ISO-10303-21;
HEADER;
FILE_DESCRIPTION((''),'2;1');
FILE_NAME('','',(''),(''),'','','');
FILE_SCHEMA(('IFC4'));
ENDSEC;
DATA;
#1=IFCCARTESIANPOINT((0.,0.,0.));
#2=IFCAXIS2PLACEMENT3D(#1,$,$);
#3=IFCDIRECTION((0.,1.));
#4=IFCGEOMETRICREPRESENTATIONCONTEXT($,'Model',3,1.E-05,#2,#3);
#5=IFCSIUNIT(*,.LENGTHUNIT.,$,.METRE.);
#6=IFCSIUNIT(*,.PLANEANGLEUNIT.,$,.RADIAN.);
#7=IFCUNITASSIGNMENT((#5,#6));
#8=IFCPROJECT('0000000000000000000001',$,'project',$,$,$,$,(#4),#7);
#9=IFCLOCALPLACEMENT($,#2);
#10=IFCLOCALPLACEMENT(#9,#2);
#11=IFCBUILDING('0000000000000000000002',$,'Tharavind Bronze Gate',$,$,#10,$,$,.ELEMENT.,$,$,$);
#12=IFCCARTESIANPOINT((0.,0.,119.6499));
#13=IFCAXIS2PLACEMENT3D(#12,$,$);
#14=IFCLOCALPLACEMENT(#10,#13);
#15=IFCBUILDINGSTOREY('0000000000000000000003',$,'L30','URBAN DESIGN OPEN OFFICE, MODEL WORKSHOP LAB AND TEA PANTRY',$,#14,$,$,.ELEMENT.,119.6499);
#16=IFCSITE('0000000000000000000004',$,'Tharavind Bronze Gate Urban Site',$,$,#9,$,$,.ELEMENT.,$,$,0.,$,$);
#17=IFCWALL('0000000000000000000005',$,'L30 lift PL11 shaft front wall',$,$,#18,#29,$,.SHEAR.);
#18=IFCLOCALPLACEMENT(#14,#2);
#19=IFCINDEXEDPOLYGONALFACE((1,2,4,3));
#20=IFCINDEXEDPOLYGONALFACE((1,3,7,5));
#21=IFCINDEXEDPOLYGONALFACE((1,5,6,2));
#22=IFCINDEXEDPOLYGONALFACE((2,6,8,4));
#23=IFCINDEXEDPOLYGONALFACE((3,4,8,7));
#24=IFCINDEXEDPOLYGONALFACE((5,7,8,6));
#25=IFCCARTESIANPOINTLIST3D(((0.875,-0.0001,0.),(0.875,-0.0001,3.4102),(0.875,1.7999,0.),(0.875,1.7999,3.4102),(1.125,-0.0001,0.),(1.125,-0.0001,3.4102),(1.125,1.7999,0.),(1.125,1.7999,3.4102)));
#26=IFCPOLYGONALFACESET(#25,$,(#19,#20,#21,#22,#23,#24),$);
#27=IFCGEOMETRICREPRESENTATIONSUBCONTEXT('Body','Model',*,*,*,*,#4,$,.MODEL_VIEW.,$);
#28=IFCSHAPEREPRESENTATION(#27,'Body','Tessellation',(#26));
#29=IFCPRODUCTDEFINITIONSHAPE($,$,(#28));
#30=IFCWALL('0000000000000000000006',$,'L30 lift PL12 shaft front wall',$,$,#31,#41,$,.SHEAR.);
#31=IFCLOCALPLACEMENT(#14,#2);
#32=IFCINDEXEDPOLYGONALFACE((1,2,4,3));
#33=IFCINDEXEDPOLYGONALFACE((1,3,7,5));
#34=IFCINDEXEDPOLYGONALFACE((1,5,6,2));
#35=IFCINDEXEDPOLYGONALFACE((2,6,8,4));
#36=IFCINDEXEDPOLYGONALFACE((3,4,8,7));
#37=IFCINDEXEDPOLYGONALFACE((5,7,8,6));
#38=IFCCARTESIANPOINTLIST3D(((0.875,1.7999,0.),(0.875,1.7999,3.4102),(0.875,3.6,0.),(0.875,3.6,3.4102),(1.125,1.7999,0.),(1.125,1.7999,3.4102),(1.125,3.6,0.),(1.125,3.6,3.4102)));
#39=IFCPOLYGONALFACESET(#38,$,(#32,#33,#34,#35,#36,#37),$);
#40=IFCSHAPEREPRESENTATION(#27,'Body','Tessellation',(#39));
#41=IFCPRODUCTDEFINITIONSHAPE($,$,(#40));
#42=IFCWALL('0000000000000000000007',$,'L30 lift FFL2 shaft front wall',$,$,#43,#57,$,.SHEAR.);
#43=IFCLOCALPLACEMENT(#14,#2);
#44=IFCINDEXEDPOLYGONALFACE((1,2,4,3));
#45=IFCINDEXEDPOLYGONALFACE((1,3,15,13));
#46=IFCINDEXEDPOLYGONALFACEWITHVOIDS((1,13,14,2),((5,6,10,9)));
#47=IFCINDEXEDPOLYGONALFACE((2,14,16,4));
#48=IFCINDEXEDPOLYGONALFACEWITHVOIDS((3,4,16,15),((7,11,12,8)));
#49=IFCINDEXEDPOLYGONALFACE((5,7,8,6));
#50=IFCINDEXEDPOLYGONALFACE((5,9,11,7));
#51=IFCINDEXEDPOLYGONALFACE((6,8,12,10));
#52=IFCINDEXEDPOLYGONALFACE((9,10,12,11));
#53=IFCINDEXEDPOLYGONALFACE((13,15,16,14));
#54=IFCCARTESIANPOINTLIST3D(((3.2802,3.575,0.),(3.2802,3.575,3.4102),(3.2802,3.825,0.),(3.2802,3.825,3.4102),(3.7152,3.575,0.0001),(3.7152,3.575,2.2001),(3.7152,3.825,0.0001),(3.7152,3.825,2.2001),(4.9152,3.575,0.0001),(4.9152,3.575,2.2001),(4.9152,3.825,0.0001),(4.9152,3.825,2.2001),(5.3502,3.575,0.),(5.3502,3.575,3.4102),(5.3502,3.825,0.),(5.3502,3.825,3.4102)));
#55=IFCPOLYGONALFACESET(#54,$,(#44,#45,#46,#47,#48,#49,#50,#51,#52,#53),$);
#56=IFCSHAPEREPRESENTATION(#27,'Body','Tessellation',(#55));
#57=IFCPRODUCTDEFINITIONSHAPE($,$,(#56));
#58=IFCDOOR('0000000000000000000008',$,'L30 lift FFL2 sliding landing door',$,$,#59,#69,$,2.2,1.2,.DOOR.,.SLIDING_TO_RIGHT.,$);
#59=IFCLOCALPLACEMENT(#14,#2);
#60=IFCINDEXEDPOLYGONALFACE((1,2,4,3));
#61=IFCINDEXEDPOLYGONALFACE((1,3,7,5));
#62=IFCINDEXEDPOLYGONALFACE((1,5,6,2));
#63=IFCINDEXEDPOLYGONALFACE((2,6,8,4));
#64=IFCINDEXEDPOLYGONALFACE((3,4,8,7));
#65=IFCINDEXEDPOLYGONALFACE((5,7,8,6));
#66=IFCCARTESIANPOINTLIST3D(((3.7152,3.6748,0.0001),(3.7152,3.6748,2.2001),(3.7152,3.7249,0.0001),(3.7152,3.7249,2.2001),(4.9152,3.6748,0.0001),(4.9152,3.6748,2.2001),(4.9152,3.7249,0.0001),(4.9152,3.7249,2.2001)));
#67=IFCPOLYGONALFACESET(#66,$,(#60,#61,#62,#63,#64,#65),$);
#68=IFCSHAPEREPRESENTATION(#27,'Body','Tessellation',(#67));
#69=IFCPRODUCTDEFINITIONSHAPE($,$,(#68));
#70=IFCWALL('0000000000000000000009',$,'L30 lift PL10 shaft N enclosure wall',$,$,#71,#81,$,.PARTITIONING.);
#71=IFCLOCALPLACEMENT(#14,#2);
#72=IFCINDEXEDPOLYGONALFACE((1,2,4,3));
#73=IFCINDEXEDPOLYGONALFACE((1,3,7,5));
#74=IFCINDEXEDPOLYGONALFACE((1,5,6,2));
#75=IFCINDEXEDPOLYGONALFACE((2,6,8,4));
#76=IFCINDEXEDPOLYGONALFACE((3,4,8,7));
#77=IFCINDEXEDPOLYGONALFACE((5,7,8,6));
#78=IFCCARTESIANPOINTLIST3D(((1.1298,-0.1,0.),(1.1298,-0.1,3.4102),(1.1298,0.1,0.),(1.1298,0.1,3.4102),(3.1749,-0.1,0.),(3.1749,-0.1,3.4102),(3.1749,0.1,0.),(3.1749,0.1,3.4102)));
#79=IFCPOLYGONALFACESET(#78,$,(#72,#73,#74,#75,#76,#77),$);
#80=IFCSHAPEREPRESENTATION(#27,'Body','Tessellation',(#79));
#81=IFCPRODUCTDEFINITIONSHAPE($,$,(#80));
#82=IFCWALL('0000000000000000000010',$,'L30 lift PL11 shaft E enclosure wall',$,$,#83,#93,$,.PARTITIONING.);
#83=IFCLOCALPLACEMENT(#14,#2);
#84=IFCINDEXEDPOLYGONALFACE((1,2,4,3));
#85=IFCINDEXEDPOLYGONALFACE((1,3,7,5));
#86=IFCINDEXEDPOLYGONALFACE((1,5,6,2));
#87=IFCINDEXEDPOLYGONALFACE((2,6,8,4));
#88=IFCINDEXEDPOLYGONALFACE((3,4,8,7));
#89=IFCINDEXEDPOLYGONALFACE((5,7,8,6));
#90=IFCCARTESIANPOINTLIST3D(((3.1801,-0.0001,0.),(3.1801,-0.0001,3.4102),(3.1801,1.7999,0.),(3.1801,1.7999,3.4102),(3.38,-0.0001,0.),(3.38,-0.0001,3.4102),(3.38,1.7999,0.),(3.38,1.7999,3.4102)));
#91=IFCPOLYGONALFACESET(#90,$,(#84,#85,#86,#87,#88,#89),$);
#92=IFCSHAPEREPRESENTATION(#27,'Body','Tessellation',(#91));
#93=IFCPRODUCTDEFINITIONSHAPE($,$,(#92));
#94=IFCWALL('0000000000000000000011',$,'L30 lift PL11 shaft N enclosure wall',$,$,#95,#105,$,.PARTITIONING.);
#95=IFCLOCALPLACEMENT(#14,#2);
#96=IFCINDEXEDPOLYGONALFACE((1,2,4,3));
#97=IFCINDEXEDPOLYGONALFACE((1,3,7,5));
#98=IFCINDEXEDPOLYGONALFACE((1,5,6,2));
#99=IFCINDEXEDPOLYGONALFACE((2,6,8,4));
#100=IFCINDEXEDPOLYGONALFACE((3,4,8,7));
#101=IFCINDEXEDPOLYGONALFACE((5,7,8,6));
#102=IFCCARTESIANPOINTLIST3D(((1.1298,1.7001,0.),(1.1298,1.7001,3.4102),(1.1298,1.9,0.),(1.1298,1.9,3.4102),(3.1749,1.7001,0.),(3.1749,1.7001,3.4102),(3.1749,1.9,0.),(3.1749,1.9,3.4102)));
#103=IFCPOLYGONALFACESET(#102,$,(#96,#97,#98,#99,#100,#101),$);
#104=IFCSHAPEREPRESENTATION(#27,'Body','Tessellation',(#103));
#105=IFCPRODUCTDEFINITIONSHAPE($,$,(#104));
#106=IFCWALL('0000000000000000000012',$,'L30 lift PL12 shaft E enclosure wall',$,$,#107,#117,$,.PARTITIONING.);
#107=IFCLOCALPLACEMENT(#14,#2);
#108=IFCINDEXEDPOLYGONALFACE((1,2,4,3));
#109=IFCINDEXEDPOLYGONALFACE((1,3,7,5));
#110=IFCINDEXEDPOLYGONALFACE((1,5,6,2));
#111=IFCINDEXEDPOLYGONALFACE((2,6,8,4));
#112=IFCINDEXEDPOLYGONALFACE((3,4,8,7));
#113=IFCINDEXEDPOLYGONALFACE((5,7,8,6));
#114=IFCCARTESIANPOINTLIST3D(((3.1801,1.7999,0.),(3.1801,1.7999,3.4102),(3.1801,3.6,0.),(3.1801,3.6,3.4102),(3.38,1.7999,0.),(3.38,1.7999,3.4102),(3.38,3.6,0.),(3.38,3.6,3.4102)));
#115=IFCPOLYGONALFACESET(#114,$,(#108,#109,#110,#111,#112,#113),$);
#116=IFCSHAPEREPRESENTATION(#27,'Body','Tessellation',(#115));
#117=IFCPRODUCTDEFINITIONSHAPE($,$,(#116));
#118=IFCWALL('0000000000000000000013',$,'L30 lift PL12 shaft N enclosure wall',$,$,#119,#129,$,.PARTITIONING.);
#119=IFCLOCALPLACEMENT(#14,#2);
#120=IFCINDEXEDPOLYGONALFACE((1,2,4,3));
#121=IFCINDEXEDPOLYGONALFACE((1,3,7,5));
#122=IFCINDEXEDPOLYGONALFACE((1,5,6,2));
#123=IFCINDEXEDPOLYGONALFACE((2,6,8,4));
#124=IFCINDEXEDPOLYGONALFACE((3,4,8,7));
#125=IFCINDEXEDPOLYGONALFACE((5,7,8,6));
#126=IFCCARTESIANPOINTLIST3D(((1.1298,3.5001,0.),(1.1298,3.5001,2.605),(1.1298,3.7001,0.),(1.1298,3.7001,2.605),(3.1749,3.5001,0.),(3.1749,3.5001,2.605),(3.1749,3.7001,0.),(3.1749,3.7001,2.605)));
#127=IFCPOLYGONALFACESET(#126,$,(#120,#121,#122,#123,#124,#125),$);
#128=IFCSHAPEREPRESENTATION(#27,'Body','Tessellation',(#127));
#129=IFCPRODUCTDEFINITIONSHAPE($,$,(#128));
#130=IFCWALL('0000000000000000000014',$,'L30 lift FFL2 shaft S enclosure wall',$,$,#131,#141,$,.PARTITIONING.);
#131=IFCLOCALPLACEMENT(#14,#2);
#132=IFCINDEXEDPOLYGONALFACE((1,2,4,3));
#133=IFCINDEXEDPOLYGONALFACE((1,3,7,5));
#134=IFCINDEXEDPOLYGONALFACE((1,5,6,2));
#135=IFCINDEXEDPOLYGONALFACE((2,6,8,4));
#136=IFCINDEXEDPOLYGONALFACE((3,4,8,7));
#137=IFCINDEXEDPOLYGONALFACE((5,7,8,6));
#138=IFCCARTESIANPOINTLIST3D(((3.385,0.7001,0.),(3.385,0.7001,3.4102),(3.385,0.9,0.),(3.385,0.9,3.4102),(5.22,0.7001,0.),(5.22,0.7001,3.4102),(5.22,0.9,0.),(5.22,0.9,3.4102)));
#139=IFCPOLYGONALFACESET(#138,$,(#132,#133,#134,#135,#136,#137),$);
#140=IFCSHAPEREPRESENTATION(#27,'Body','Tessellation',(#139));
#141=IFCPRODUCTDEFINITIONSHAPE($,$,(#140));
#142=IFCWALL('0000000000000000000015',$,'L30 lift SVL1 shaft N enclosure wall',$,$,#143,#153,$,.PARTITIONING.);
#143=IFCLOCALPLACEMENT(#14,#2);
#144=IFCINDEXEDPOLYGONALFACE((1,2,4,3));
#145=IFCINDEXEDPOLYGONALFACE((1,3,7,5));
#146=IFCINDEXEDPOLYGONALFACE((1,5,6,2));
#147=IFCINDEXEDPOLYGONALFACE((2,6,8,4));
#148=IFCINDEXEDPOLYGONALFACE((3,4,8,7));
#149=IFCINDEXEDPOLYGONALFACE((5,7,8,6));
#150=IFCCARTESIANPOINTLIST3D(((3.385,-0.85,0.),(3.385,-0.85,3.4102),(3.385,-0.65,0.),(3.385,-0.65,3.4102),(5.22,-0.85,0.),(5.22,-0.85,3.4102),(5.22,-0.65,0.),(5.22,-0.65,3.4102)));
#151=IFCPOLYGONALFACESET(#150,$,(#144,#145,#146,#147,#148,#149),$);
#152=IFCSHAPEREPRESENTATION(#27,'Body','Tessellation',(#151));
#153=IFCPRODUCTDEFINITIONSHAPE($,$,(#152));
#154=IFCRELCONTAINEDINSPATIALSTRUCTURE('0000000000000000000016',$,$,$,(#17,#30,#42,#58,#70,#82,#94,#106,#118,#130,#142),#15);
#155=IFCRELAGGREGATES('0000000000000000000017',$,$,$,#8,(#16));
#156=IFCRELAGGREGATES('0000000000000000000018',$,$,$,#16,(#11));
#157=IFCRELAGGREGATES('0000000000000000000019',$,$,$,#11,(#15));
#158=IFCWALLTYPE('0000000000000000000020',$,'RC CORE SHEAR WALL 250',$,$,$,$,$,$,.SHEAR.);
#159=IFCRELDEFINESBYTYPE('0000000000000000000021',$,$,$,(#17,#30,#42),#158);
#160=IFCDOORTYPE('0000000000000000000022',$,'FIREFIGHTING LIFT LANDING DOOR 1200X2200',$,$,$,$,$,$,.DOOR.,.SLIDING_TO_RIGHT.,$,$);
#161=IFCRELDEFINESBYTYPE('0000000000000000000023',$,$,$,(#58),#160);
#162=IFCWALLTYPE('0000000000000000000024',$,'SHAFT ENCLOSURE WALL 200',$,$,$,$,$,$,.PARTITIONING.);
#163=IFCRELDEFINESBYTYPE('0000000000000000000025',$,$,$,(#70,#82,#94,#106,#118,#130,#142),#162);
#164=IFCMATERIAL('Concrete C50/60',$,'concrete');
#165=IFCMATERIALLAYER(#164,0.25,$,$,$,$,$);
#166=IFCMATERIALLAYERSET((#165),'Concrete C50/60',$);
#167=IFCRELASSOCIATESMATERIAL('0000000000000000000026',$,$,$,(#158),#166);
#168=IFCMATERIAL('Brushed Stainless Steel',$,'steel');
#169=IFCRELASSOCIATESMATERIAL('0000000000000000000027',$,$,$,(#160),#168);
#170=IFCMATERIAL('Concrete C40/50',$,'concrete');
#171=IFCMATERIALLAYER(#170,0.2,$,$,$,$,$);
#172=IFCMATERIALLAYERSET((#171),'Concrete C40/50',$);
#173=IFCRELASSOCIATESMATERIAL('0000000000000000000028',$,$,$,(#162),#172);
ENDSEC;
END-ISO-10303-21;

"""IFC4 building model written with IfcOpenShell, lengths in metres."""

from ifc_helpers import new_model, si_unit, direction, frame, frame_2d, origin, place, context, subcontext, project, spatial, rectangle, extrude, material, layer, layer_set, type_object, element, fill, save


model = new_model("IFC4")

# Units and contexts
model_context = context("Model", 3, precision=1e-05, world=origin(), true_north=direction((0.0, 1.0)))
body_context = subcontext(model_context, "Body", "Model", "MODEL_VIEW")
ifc_project = project(units=[si_unit("LENGTHUNIT", "METRE"), si_unit("PLANEANGLEUNIT", "RADIAN")], contexts=[model_context])

# Site, building, storey
site_placement = place(None, origin())
site = spatial("IfcSite", under=ifc_project, at=site_placement, Name="Tharavind Bronze Gate Urban Site", CompositionType="ELEMENT", RefElevation=0.0)
building_placement = place(site_placement, origin())
building = spatial("IfcBuilding", under=site, at=building_placement, Name="Tharavind Bronze Gate", CompositionType="ELEMENT")
storey_placement = place(building_placement, frame((0.0, 0.0, 119.6499)))
storey = spatial("IfcBuildingStorey", under=building, at=storey_placement, Name="L30", Description="URBAN DESIGN OPEN OFFICE, MODEL WORKSHOP LAB AND TEA PANTRY", CompositionType="ELEMENT", Elevation=119.6499)

# Walls
ifc_material_1 = material(Name="Concrete C50/60", Category="concrete")
ifc_layer_1 = layer(ifc_material_1, 0.25)
ifc_layer_set_1 = layer_set([ifc_layer_1], Name="Concrete C50/60")
wall_type_1 = type_object("IfcWallType", Name="RC CORE SHEAR WALL 250", PredefinedType="SHEAR", material=ifc_layer_set_1)
for number, where, z_axis, x_axis, name in (
    (1, (1.0, 0.0, 0.0), (0.0, 0.0, 1.0), (0.0, 1.0, 0.0), "L30 lift PL11 shaft front wall"),
    (2, (1.0, 1.8, 0.0), (0.0, 0.0, 1.0), (0.0, 1.0, 0.0), "L30 lift PL12 shaft front wall"),
):
    element("IfcWall", number, at=place(storey_placement, frame(where, z_axis=z_axis, x_axis=x_axis)), inside=storey, type_object=wall_type_1, Name=name, PredefinedType="SHEAR", context=body_context, shape_type="SweptSolid", body=[
        extrude(rectangle(XDim=1.8, YDim=0.25, at=frame_2d((0.8999, 0.0))), origin(), (0.0, 0.0, 1.0), 3.4102),
    ])

# Wall, opening, door
wall_1_placement = place(storey_placement, frame((3.28, 3.7, 0.0), z_axis=(0.0, 0.0, 1.0), x_axis=(1.0, 0.0, 0.0)))
wall_1 = element("IfcWall", 3, at=wall_1_placement, inside=storey, type_object=wall_type_1, Name="L30 lift FFL2 shaft front wall", PredefinedType="SHEAR", context=body_context, shape_type="SweptSolid", body=[
    extrude(rectangle(XDim=2.0701, YDim=0.25, at=frame_2d((1.0352, 0.0))), origin(), (0.0, 0.0, 1.0), 3.4102),
])
opening_placement = place(wall_1_placement, frame((0.4351, 0.0, 0.0)))
opening = element("IfcOpeningElement", 4, at=opening_placement, cuts=wall_1, PredefinedType="OPENING", context=body_context, shape_type="SweptSolid", body=[
    extrude(rectangle(XDim=1.2, YDim=2.2, at=frame_2d((0.6001, 1.1001))), frame((0.0, 0.135, 0.0), z_axis=(0.0, -1.0, 0.0), x_axis=(1.0, 0.0, 0.0)), (0.0, 0.0, 1.0), 0.27),
])
ifc_material_2 = material(Name="Brushed Stainless Steel", Category="steel")
door_type = type_object("IfcDoorType", Name="FIREFIGHTING LIFT LANDING DOOR 1200X2200", OperationType="SLIDING_TO_RIGHT", PredefinedType="DOOR", material=ifc_material_2)
door_placement = place(opening_placement, origin())
door = element("IfcDoor", 5, at=door_placement, inside=storey, type_object=door_type, Name="L30 lift FFL2 sliding landing door", OperationType="SLIDING_TO_RIGHT", OverallHeight=2.2, OverallWidth=1.2, PredefinedType="DOOR", context=body_context, shape_type="SweptSolid", body=[
    extrude(rectangle(XDim=1.2, YDim=2.2, at=frame_2d((0.6001, 1.1001))), frame((0.0, 0.0249, 0.0), z_axis=(0.0, -1.0, 0.0), x_axis=(1.0, 0.0, 0.0)), (0.0, 0.0, 1.0), 0.05),
])
fill(opening, door)

# Walls
ifc_material_3 = material(Name="Concrete C40/50", Category="concrete")
ifc_layer_2 = layer(ifc_material_3, 0.2)
ifc_layer_set_2 = layer_set([ifc_layer_2], Name="Concrete C40/50")
wall_type_2 = type_object("IfcWallType", Name="SHAFT ENCLOSURE WALL 200", PredefinedType="PARTITIONING", material=ifc_layer_set_2)
wall_2_placement = place(storey_placement, frame((1.1299, 0.0, 0.0), z_axis=(0.0, 0.0, 1.0), x_axis=(1.0, 0.0, 0.0)))
element("IfcWall", 6, at=wall_2_placement, inside=storey, type_object=wall_type_2, Name="L30 lift PL10 shaft N enclosure wall", PredefinedType="PARTITIONING", context=body_context, shape_type="SweptSolid", body=[
    extrude(rectangle(XDim=2.0452, YDim=0.2, at=frame_2d((1.0225, 0.0))), origin(), (0.0, 0.0, 1.0), 3.4102),
])
wall_3_placement = place(storey_placement, frame((3.28, 0.0, 0.0), z_axis=(0.0, 0.0, 1.0), x_axis=(0.0, 1.0, 0.0)))
element("IfcWall", 7, at=wall_3_placement, inside=storey, type_object=wall_type_2, Name="L30 lift PL11 shaft E enclosure wall", PredefinedType="PARTITIONING", context=body_context, shape_type="SweptSolid", body=[
    extrude(rectangle(XDim=1.8, YDim=0.2, at=frame_2d((0.8999, 0.0))), origin(), (0.0, 0.0, 1.0), 3.4102),
])
wall_4_placement = place(storey_placement, frame((1.1299, 1.8, 0.0), z_axis=(0.0, 0.0, 1.0), x_axis=(1.0, 0.0, 0.0)))
element("IfcWall", 8, at=wall_4_placement, inside=storey, type_object=wall_type_2, Name="L30 lift PL11 shaft N enclosure wall", PredefinedType="PARTITIONING", context=body_context, shape_type="SweptSolid", body=[
    extrude(rectangle(XDim=2.0452, YDim=0.2, at=frame_2d((1.0225, 0.0))), origin(), (0.0, 0.0, 1.0), 3.4102),
])
wall_5_placement = place(storey_placement, frame((3.28, 1.8, 0.0), z_axis=(0.0, 0.0, 1.0), x_axis=(0.0, 1.0, 0.0)))
element("IfcWall", 9, at=wall_5_placement, inside=storey, type_object=wall_type_2, Name="L30 lift PL12 shaft E enclosure wall", PredefinedType="PARTITIONING", context=body_context, shape_type="SweptSolid", body=[
    extrude(rectangle(XDim=1.8, YDim=0.2, at=frame_2d((0.8999, 0.0))), origin(), (0.0, 0.0, 1.0), 3.4102),
])
wall_6_placement = place(storey_placement, frame((1.1299, 3.6001, 0.0), z_axis=(0.0, 0.0, 1.0), x_axis=(1.0, 0.0, 0.0)))
element("IfcWall", 10, at=wall_6_placement, inside=storey, type_object=wall_type_2, Name="L30 lift PL12 shaft N enclosure wall", PredefinedType="PARTITIONING", context=body_context, shape_type="SweptSolid", body=[
    extrude(rectangle(XDim=2.0452, YDim=0.2, at=frame_2d((1.0225, 0.0))), origin(), (0.0, 0.0, 1.0), 2.605),
])
for number, where, z_axis, x_axis, name in (
    (11, (3.385, 0.8, 0.0), (0.0, 0.0, 1.0), (1.0, 0.0, 0.0), "L30 lift FFL2 shaft S enclosure wall"),
    (12, (3.385, -0.75, 0.0), (0.0, 0.0, 1.0), (1.0, 0.0, 0.0), "L30 lift SVL1 shaft N enclosure wall"),
):
    element("IfcWall", number, at=place(storey_placement, frame(where, z_axis=z_axis, x_axis=x_axis)), inside=storey, type_object=wall_type_2, Name=name, PredefinedType="PARTITIONING", context=body_context, shape_type="SweptSolid", body=[
        extrude(rectangle(XDim=1.835, YDim=0.2, at=frame_2d((0.9175, 0.0))), origin(), (0.0, 0.0, 1.0), 3.4102),
    ])

save(model, "model.ifc")
